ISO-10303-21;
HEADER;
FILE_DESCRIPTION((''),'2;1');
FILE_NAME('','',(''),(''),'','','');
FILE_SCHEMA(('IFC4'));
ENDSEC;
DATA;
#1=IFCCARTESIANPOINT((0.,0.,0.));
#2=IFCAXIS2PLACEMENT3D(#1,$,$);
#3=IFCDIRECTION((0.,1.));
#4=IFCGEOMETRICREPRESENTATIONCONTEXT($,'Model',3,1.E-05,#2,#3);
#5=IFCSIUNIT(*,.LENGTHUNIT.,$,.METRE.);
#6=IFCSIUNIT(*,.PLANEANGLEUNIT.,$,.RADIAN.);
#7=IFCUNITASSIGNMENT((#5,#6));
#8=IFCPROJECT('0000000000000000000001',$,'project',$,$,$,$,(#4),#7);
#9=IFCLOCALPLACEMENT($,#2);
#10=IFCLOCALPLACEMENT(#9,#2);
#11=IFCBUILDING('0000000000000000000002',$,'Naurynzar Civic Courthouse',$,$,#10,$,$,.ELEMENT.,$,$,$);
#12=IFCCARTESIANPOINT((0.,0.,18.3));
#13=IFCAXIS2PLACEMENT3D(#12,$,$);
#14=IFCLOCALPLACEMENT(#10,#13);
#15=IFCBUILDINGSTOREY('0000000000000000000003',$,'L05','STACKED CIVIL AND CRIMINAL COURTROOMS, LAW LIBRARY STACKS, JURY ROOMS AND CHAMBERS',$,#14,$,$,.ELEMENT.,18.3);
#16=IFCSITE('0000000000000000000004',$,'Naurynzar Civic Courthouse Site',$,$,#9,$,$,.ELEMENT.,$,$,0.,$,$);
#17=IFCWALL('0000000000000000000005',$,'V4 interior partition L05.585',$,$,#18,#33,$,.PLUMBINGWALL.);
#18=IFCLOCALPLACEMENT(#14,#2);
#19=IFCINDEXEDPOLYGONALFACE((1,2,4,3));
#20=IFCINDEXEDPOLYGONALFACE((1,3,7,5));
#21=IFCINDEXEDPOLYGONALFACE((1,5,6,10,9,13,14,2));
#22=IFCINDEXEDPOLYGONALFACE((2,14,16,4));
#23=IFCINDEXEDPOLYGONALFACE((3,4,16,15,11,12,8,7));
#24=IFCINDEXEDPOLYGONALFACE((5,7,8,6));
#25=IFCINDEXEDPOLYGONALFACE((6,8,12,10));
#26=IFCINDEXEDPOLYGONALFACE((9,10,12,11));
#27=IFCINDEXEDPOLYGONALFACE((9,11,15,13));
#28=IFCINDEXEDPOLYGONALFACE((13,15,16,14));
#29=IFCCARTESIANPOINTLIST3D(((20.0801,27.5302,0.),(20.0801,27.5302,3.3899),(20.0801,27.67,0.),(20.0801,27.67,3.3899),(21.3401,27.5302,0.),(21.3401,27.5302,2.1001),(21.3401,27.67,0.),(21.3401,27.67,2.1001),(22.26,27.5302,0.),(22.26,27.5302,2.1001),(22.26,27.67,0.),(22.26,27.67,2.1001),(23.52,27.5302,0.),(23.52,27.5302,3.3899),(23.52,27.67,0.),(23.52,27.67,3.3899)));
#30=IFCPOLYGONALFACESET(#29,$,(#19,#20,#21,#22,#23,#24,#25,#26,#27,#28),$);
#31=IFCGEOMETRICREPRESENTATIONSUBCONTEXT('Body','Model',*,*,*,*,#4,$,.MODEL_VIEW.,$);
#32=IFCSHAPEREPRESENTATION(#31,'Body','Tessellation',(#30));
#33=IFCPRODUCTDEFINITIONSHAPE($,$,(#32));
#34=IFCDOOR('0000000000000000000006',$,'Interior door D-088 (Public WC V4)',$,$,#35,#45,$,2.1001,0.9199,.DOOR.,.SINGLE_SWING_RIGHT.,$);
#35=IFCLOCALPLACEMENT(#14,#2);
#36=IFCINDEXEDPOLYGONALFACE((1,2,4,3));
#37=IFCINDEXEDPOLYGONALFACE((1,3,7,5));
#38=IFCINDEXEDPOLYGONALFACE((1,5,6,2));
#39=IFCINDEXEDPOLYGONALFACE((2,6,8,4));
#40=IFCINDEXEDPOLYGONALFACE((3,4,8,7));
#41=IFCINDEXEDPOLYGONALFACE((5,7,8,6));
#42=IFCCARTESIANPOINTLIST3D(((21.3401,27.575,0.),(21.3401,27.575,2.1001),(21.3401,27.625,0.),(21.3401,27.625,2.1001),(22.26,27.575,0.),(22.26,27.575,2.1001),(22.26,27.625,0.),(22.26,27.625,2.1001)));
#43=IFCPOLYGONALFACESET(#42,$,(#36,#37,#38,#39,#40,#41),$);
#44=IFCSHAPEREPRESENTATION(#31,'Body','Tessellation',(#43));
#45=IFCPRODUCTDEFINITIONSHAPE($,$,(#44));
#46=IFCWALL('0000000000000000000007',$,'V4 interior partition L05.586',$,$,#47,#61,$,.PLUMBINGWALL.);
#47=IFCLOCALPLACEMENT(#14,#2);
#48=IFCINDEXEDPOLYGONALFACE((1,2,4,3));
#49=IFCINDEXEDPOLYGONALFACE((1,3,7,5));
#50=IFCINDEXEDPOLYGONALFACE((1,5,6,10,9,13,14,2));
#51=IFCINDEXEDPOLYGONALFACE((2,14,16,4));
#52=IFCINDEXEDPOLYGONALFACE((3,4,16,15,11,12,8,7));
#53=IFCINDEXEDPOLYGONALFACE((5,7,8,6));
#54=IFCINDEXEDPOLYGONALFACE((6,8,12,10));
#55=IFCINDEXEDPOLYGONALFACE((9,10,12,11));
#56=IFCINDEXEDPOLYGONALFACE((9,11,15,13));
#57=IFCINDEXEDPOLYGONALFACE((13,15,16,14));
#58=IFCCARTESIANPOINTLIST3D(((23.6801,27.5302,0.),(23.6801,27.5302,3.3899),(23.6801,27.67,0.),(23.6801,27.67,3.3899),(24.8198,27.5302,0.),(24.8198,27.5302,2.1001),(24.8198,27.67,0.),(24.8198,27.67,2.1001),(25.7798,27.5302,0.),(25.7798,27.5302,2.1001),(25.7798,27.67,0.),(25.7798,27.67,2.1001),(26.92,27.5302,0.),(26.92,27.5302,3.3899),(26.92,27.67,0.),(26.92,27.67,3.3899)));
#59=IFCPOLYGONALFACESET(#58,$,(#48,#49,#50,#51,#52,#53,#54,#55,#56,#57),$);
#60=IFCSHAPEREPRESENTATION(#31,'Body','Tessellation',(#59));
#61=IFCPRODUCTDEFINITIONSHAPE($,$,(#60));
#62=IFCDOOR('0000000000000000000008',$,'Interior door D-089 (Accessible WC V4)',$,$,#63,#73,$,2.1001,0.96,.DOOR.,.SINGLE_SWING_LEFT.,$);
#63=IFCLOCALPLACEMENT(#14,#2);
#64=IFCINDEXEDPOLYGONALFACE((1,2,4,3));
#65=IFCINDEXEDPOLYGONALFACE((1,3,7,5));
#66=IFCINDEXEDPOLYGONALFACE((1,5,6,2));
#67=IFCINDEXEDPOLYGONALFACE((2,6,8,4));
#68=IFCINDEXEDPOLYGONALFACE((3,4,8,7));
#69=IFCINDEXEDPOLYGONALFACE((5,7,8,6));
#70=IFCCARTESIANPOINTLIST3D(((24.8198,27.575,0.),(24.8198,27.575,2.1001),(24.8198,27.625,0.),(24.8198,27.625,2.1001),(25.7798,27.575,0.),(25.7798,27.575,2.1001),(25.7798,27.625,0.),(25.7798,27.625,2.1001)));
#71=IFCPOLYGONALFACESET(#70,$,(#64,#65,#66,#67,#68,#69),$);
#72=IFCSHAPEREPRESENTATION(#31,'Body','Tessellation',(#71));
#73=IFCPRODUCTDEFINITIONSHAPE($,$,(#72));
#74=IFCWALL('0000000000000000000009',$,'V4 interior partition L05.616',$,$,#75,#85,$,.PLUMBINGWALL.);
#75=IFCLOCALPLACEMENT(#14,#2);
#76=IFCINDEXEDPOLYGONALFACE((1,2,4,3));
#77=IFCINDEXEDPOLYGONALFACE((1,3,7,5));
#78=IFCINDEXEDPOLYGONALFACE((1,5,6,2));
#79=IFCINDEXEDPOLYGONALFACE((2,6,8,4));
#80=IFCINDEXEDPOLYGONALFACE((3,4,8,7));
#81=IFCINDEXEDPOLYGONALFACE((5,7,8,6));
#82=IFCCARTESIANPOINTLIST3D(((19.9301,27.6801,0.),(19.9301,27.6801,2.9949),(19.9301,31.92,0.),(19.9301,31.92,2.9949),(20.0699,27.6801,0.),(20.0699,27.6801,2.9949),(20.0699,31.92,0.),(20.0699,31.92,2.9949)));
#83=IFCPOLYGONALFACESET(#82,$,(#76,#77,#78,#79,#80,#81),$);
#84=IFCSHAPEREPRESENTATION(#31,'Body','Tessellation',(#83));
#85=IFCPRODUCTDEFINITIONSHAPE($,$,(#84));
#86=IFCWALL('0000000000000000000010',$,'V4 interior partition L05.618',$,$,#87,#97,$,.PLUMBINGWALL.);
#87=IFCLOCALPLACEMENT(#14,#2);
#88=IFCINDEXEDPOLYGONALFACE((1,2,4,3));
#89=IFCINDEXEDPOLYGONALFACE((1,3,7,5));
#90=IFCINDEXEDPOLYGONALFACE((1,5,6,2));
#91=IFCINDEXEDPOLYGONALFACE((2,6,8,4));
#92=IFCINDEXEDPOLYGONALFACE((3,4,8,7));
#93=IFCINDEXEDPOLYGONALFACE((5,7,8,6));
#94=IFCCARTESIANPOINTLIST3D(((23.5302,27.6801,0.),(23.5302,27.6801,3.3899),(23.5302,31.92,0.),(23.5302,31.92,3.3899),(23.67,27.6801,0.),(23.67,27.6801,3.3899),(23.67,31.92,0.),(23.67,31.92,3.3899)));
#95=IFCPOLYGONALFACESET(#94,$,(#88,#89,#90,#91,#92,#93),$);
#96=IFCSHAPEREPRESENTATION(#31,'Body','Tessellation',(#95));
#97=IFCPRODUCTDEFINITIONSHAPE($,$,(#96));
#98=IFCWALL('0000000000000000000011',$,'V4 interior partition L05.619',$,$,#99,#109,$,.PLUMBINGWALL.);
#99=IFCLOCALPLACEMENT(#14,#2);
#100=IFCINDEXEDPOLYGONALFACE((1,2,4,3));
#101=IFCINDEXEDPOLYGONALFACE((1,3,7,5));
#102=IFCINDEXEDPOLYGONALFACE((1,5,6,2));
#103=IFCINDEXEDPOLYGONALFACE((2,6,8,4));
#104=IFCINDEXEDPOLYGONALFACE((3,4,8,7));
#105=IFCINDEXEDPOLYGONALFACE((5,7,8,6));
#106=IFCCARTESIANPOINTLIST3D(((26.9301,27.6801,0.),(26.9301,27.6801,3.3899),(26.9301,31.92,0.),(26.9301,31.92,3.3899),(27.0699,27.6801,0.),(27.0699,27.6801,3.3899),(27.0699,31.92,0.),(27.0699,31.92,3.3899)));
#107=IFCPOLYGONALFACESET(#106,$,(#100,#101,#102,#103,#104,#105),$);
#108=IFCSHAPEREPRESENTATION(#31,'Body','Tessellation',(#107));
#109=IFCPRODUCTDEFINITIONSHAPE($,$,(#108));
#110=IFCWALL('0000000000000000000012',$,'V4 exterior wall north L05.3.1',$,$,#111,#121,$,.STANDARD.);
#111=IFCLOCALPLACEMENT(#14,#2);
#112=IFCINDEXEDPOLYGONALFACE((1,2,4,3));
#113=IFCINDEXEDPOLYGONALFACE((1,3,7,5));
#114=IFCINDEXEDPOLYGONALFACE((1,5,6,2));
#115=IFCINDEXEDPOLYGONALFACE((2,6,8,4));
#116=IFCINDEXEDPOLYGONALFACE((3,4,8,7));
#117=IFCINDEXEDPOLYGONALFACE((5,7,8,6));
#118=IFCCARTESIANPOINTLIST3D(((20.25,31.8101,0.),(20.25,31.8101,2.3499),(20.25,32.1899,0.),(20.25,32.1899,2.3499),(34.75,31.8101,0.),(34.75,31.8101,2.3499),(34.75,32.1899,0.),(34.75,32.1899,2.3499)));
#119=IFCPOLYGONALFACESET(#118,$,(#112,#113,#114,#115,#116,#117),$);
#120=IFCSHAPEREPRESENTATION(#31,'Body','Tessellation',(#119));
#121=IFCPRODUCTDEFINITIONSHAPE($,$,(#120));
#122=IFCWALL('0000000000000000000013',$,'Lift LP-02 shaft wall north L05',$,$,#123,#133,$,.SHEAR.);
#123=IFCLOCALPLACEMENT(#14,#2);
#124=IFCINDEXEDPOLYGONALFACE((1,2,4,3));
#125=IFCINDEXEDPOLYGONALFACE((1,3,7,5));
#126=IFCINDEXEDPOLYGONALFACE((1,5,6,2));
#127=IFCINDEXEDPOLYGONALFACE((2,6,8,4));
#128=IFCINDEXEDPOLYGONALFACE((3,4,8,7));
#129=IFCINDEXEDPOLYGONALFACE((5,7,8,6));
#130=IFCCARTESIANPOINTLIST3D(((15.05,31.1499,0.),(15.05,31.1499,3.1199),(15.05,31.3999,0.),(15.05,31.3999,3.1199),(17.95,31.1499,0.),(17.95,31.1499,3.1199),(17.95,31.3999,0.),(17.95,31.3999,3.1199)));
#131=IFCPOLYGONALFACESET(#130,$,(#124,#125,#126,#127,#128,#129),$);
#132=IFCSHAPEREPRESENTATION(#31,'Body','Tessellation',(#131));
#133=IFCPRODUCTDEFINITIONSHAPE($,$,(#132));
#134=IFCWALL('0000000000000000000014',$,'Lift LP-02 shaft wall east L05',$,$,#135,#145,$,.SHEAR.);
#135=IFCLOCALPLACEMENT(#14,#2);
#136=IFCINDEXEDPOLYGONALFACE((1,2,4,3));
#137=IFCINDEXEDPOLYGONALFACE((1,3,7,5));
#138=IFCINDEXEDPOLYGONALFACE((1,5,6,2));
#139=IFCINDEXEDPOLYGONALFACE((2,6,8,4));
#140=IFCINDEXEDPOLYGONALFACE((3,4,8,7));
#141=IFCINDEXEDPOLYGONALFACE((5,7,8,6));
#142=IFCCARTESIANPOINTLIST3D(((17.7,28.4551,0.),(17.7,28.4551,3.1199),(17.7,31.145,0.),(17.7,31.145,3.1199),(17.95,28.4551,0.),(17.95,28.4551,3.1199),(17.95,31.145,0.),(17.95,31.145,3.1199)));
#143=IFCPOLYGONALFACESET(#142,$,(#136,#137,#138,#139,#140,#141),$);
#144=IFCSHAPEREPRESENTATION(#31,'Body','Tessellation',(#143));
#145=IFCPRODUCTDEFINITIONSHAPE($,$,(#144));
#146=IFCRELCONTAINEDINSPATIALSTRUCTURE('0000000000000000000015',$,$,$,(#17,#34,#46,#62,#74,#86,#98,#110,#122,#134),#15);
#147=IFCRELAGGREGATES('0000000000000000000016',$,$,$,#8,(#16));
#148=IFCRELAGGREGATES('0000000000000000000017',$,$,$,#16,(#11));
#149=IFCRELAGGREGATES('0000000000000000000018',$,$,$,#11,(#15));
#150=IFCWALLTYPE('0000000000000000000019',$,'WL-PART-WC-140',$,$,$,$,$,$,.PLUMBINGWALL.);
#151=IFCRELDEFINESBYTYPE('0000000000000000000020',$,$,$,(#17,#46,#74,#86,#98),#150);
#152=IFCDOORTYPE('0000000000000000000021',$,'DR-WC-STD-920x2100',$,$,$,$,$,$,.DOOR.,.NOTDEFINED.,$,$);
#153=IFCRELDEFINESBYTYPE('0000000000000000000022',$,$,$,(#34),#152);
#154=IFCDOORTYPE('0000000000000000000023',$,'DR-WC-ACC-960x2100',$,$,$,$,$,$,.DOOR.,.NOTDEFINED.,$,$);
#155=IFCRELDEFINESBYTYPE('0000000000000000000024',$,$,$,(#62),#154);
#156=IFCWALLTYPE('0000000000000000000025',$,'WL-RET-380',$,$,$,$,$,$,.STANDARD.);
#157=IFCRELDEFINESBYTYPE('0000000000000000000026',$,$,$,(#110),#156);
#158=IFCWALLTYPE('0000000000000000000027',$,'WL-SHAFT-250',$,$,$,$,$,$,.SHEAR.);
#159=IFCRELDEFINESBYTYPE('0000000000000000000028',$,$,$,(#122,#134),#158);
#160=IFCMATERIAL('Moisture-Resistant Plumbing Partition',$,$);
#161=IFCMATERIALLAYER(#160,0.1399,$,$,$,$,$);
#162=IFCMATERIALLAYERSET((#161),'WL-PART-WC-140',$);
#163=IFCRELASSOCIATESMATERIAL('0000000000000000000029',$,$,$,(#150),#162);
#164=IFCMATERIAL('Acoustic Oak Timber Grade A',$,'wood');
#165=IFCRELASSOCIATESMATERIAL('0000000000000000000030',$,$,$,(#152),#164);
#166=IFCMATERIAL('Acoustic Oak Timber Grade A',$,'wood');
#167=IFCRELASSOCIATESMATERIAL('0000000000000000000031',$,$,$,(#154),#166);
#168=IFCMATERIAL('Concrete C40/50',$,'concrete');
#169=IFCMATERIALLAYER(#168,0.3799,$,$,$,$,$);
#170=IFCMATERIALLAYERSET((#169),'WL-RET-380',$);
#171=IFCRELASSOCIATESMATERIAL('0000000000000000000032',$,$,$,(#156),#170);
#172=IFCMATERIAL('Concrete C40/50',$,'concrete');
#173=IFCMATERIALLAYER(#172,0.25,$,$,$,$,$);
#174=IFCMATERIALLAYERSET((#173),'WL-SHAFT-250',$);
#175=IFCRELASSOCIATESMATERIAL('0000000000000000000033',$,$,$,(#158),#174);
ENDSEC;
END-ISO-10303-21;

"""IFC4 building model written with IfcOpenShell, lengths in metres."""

from ifc_helpers import new_model, si_unit, direction, frame, frame_2d, origin, place, context, subcontext, project, spatial, rectangle, extrude, material, layer, layer_set, type_object, element, fill, save


model = new_model("IFC4")

# Units and contexts
model_context = context("Model", 3, precision=1e-05, world=origin(), true_north=direction((0.0, 1.0)))
body_context = subcontext(model_context, "Body", "Model", "MODEL_VIEW")
ifc_project = project(units=[si_unit("LENGTHUNIT", "METRE"), si_unit("PLANEANGLEUNIT", "RADIAN")], contexts=[model_context])

# Site, building, storey
site_placement = place(None, origin())
site = spatial("IfcSite", under=ifc_project, at=site_placement, Name="Naurynzar Civic Courthouse Site", CompositionType="ELEMENT", RefElevation=0.0)
building_placement = place(site_placement, origin())
building = spatial("IfcBuilding", under=site, at=building_placement, Name="Naurynzar Civic Courthouse", CompositionType="ELEMENT")
storey_placement = place(building_placement, frame((0.0, 0.0, 18.3)))
storey = spatial("IfcBuildingStorey", under=building, at=storey_placement, Name="L05", Description="STACKED CIVIL AND CRIMINAL COURTROOMS, LAW LIBRARY STACKS, JURY ROOMS AND CHAMBERS", CompositionType="ELEMENT", Elevation=18.3)

# Walls, openings, doors
ifc_material_1 = material(Name="Moisture-Resistant Plumbing Partition")
ifc_layer_1 = layer(ifc_material_1, 0.1399)
ifc_layer_set_1 = layer_set([ifc_layer_1], Name="WL-PART-WC-140")
wall_type_1 = type_object("IfcWallType", Name="WL-PART-WC-140", PredefinedType="PLUMBINGWALL", material=ifc_layer_set_1)
wall_1_placement = place(storey_placement, frame((20.0801, 27.6001, 0.0), z_axis=(0.0, 0.0, 1.0), x_axis=(1.0, 0.0, 0.0)))
wall_1 = element("IfcWall", 1, at=wall_1_placement, inside=storey, type_object=wall_type_1, Name="V4 interior partition L05.585", PredefinedType="PLUMBINGWALL", context=body_context, shape_type="SweptSolid", body=[
    extrude(rectangle(XDim=3.4399, YDim=0.1399, at=frame_2d((1.72, 0.0))), origin(), (0.0, 0.0, 1.0), 3.3899),
])
opening_1_placement = place(wall_1_placement, frame((1.26, 0.0, 0.0)))
opening_1 = element("IfcOpeningElement", 2, at=opening_1_placement, cuts=wall_1, PredefinedType="OPENING", context=body_context, shape_type="SweptSolid", body=[
    extrude(rectangle(XDim=0.9199, YDim=2.1001, at=frame_2d((0.46, 1.05))), frame((0.0, 0.0798, 0.0), z_axis=(0.0, -1.0, 0.0), x_axis=(1.0, 0.0, 0.0)), (0.0, 0.0, 1.0), 0.1599),
])
ifc_material_2 = material(Name="Acoustic Oak Timber Grade A", Category="wood")
door_type_1 = type_object("IfcDoorType", Name="DR-WC-STD-920x2100", OperationType="NOTDEFINED", PredefinedType="DOOR", material=ifc_material_2)
door_1_placement = place(opening_1_placement, origin())
door_1 = element("IfcDoor", 3, at=door_1_placement, inside=storey, type_object=door_type_1, Name="Interior door D-088 (Public WC V4)", OperationType="SINGLE_SWING_RIGHT", OverallHeight=2.1001, OverallWidth=0.9199, PredefinedType="DOOR", context=body_context, shape_type="SweptSolid", body=[
    extrude(rectangle(XDim=0.9199, YDim=2.1001, at=frame_2d((0.46, 1.05))), frame((0.0, 0.0249, 0.0), z_axis=(0.0, -1.0, 0.0), x_axis=(1.0, 0.0, 0.0)), (0.0, 0.0, 1.0), 0.05),
])
fill(opening_1, door_1)
wall_2_placement = place(storey_placement, frame((23.6799, 27.6001, 0.0), z_axis=(0.0, 0.0, 1.0), x_axis=(1.0, 0.0, 0.0)))
wall_2 = element("IfcWall", 4, at=wall_2_placement, inside=storey, type_object=wall_type_1, Name="V4 interior partition L05.586", PredefinedType="PLUMBINGWALL", context=body_context, shape_type="SweptSolid", body=[
    extrude(rectangle(XDim=3.24, YDim=0.1399, at=frame_2d((1.6201, 0.0))), origin(), (0.0, 0.0, 1.0), 3.3899),
])
opening_2_placement = place(wall_2_placement, frame((1.1399, 0.0, 0.0)))
opening_2 = element("IfcOpeningElement", 5, at=opening_2_placement, cuts=wall_2, PredefinedType="OPENING", context=body_context, shape_type="SweptSolid", body=[
    extrude(rectangle(XDim=0.96, YDim=2.1001, at=frame_2d((0.48, 1.05))), frame((0.0, 0.0798, 0.0), z_axis=(0.0, -1.0, 0.0), x_axis=(1.0, 0.0, 0.0)), (0.0, 0.0, 1.0), 0.1599),
])
ifc_material_3 = material(Name="Acoustic Oak Timber Grade A", Category="wood")
door_type_2 = type_object("IfcDoorType", Name="DR-WC-ACC-960x2100", OperationType="NOTDEFINED", PredefinedType="DOOR", material=ifc_material_3)
door_2_placement = place(opening_2_placement, origin())
door_2 = element("IfcDoor", 6, at=door_2_placement, inside=storey, type_object=door_type_2, Name="Interior door D-089 (Accessible WC V4)", OperationType="SINGLE_SWING_LEFT", OverallHeight=2.1001, OverallWidth=0.96, PredefinedType="DOOR", context=body_context, shape_type="SweptSolid", body=[
    extrude(rectangle(XDim=0.96, YDim=2.1001, at=frame_2d((0.48, 1.05))), frame((0.0, 0.0249, 0.0), z_axis=(0.0, -1.0, 0.0), x_axis=(1.0, 0.0, 0.0)), (0.0, 0.0, 1.0), 0.05),
])
fill(opening_2, door_2)

# Walls
wall_3_placement = place(storey_placement, frame((20.0, 27.6799, 0.0), z_axis=(0.0, 0.0, 1.0), x_axis=(0.0, 1.0, 0.0)))
element("IfcWall", 7, at=wall_3_placement, inside=storey, type_object=wall_type_1, Name="V4 interior partition L05.616", PredefinedType="PLUMBINGWALL", context=body_context, shape_type="SweptSolid", body=[
    extrude(rectangle(XDim=4.24, YDim=0.1399, at=frame_2d((2.1201, 0.0))), origin(), (0.0, 0.0, 1.0), 2.9949),
])
for number, where, z_axis, x_axis, name in (
    (8, (23.6001, 27.6799, 0.0), (0.0, 0.0, 1.0), (0.0, 1.0, 0.0), "V4 interior partition L05.618"),
    (9, (27.0, 27.6799, 0.0), (0.0, 0.0, 1.0), (0.0, 1.0, 0.0), "V4 interior partition L05.619"),
):
    element("IfcWall", number, at=place(storey_placement, frame(where, z_axis=z_axis, x_axis=x_axis)), inside=storey, type_object=wall_type_1, Name=name, PredefinedType="PLUMBINGWALL", context=body_context, shape_type="SweptSolid", body=[
        extrude(rectangle(XDim=4.24, YDim=0.1399, at=frame_2d((2.1201, 0.0))), origin(), (0.0, 0.0, 1.0), 3.3899),
    ])
ifc_material_4 = material(Name="Concrete C40/50", Category="concrete")
ifc_layer_2 = layer(ifc_material_4, 0.3799)
ifc_layer_set_2 = layer_set([ifc_layer_2], Name="WL-RET-380")
wall_type_2 = type_object("IfcWallType", Name="WL-RET-380", PredefinedType="STANDARD", material=ifc_layer_set_2)
wall_4_placement = place(storey_placement, frame((20.25, 32.0, 0.0), z_axis=(0.0, 0.0, 1.0), x_axis=(1.0, 0.0, 0.0)))
element("IfcWall", 10, at=wall_4_placement, inside=storey, type_object=wall_type_2, Name="V4 exterior wall north L05.3.1", PredefinedType="STANDARD", context=body_context, shape_type="SweptSolid", body=[
    extrude(rectangle(XDim=14.5, YDim=0.3799, at=frame_2d((7.25, 0.0))), origin(), (0.0, 0.0, 1.0), 2.3499),
])
ifc_material_5 = material(Name="Concrete C40/50", Category="concrete")
ifc_layer_3 = layer(ifc_material_5, 0.25)
ifc_layer_set_3 = layer_set([ifc_layer_3], Name="WL-SHAFT-250")
wall_type_3 = type_object("IfcWallType", Name="WL-SHAFT-250", PredefinedType="SHEAR", material=ifc_layer_set_3)
wall_5_placement = place(storey_placement, frame((17.95, 31.2749, 0.0), z_axis=(0.0, 0.0, 1.0), x_axis=(-1.0, 0.0, 0.0)))
element("IfcWall", 11, at=wall_5_placement, inside=storey, type_object=wall_type_3, Name="Lift LP-02 shaft wall north L05", PredefinedType="SHEAR", context=body_context, shape_type="SweptSolid", body=[
    extrude(rectangle(XDim=2.8999, YDim=0.25, at=frame_2d((1.45, 0.0))), origin(), (0.0, 0.0, 1.0), 3.1199),
])
wall_6_placement = place(storey_placement, frame((17.825, 28.4551, 0.0), z_axis=(0.0, 0.0, 1.0), x_axis=(0.0, 1.0, 0.0)))
element("IfcWall", 12, at=wall_6_placement, inside=storey, type_object=wall_type_3, Name="Lift LP-02 shaft wall east L05", PredefinedType="SHEAR", context=body_context, shape_type="SweptSolid", body=[
    extrude(rectangle(XDim=2.6899, YDim=0.25, at=frame_2d((1.345, 0.0))), origin(), (0.0, 0.0, 1.0), 3.1199),
])

save(model, "model.ifc")
